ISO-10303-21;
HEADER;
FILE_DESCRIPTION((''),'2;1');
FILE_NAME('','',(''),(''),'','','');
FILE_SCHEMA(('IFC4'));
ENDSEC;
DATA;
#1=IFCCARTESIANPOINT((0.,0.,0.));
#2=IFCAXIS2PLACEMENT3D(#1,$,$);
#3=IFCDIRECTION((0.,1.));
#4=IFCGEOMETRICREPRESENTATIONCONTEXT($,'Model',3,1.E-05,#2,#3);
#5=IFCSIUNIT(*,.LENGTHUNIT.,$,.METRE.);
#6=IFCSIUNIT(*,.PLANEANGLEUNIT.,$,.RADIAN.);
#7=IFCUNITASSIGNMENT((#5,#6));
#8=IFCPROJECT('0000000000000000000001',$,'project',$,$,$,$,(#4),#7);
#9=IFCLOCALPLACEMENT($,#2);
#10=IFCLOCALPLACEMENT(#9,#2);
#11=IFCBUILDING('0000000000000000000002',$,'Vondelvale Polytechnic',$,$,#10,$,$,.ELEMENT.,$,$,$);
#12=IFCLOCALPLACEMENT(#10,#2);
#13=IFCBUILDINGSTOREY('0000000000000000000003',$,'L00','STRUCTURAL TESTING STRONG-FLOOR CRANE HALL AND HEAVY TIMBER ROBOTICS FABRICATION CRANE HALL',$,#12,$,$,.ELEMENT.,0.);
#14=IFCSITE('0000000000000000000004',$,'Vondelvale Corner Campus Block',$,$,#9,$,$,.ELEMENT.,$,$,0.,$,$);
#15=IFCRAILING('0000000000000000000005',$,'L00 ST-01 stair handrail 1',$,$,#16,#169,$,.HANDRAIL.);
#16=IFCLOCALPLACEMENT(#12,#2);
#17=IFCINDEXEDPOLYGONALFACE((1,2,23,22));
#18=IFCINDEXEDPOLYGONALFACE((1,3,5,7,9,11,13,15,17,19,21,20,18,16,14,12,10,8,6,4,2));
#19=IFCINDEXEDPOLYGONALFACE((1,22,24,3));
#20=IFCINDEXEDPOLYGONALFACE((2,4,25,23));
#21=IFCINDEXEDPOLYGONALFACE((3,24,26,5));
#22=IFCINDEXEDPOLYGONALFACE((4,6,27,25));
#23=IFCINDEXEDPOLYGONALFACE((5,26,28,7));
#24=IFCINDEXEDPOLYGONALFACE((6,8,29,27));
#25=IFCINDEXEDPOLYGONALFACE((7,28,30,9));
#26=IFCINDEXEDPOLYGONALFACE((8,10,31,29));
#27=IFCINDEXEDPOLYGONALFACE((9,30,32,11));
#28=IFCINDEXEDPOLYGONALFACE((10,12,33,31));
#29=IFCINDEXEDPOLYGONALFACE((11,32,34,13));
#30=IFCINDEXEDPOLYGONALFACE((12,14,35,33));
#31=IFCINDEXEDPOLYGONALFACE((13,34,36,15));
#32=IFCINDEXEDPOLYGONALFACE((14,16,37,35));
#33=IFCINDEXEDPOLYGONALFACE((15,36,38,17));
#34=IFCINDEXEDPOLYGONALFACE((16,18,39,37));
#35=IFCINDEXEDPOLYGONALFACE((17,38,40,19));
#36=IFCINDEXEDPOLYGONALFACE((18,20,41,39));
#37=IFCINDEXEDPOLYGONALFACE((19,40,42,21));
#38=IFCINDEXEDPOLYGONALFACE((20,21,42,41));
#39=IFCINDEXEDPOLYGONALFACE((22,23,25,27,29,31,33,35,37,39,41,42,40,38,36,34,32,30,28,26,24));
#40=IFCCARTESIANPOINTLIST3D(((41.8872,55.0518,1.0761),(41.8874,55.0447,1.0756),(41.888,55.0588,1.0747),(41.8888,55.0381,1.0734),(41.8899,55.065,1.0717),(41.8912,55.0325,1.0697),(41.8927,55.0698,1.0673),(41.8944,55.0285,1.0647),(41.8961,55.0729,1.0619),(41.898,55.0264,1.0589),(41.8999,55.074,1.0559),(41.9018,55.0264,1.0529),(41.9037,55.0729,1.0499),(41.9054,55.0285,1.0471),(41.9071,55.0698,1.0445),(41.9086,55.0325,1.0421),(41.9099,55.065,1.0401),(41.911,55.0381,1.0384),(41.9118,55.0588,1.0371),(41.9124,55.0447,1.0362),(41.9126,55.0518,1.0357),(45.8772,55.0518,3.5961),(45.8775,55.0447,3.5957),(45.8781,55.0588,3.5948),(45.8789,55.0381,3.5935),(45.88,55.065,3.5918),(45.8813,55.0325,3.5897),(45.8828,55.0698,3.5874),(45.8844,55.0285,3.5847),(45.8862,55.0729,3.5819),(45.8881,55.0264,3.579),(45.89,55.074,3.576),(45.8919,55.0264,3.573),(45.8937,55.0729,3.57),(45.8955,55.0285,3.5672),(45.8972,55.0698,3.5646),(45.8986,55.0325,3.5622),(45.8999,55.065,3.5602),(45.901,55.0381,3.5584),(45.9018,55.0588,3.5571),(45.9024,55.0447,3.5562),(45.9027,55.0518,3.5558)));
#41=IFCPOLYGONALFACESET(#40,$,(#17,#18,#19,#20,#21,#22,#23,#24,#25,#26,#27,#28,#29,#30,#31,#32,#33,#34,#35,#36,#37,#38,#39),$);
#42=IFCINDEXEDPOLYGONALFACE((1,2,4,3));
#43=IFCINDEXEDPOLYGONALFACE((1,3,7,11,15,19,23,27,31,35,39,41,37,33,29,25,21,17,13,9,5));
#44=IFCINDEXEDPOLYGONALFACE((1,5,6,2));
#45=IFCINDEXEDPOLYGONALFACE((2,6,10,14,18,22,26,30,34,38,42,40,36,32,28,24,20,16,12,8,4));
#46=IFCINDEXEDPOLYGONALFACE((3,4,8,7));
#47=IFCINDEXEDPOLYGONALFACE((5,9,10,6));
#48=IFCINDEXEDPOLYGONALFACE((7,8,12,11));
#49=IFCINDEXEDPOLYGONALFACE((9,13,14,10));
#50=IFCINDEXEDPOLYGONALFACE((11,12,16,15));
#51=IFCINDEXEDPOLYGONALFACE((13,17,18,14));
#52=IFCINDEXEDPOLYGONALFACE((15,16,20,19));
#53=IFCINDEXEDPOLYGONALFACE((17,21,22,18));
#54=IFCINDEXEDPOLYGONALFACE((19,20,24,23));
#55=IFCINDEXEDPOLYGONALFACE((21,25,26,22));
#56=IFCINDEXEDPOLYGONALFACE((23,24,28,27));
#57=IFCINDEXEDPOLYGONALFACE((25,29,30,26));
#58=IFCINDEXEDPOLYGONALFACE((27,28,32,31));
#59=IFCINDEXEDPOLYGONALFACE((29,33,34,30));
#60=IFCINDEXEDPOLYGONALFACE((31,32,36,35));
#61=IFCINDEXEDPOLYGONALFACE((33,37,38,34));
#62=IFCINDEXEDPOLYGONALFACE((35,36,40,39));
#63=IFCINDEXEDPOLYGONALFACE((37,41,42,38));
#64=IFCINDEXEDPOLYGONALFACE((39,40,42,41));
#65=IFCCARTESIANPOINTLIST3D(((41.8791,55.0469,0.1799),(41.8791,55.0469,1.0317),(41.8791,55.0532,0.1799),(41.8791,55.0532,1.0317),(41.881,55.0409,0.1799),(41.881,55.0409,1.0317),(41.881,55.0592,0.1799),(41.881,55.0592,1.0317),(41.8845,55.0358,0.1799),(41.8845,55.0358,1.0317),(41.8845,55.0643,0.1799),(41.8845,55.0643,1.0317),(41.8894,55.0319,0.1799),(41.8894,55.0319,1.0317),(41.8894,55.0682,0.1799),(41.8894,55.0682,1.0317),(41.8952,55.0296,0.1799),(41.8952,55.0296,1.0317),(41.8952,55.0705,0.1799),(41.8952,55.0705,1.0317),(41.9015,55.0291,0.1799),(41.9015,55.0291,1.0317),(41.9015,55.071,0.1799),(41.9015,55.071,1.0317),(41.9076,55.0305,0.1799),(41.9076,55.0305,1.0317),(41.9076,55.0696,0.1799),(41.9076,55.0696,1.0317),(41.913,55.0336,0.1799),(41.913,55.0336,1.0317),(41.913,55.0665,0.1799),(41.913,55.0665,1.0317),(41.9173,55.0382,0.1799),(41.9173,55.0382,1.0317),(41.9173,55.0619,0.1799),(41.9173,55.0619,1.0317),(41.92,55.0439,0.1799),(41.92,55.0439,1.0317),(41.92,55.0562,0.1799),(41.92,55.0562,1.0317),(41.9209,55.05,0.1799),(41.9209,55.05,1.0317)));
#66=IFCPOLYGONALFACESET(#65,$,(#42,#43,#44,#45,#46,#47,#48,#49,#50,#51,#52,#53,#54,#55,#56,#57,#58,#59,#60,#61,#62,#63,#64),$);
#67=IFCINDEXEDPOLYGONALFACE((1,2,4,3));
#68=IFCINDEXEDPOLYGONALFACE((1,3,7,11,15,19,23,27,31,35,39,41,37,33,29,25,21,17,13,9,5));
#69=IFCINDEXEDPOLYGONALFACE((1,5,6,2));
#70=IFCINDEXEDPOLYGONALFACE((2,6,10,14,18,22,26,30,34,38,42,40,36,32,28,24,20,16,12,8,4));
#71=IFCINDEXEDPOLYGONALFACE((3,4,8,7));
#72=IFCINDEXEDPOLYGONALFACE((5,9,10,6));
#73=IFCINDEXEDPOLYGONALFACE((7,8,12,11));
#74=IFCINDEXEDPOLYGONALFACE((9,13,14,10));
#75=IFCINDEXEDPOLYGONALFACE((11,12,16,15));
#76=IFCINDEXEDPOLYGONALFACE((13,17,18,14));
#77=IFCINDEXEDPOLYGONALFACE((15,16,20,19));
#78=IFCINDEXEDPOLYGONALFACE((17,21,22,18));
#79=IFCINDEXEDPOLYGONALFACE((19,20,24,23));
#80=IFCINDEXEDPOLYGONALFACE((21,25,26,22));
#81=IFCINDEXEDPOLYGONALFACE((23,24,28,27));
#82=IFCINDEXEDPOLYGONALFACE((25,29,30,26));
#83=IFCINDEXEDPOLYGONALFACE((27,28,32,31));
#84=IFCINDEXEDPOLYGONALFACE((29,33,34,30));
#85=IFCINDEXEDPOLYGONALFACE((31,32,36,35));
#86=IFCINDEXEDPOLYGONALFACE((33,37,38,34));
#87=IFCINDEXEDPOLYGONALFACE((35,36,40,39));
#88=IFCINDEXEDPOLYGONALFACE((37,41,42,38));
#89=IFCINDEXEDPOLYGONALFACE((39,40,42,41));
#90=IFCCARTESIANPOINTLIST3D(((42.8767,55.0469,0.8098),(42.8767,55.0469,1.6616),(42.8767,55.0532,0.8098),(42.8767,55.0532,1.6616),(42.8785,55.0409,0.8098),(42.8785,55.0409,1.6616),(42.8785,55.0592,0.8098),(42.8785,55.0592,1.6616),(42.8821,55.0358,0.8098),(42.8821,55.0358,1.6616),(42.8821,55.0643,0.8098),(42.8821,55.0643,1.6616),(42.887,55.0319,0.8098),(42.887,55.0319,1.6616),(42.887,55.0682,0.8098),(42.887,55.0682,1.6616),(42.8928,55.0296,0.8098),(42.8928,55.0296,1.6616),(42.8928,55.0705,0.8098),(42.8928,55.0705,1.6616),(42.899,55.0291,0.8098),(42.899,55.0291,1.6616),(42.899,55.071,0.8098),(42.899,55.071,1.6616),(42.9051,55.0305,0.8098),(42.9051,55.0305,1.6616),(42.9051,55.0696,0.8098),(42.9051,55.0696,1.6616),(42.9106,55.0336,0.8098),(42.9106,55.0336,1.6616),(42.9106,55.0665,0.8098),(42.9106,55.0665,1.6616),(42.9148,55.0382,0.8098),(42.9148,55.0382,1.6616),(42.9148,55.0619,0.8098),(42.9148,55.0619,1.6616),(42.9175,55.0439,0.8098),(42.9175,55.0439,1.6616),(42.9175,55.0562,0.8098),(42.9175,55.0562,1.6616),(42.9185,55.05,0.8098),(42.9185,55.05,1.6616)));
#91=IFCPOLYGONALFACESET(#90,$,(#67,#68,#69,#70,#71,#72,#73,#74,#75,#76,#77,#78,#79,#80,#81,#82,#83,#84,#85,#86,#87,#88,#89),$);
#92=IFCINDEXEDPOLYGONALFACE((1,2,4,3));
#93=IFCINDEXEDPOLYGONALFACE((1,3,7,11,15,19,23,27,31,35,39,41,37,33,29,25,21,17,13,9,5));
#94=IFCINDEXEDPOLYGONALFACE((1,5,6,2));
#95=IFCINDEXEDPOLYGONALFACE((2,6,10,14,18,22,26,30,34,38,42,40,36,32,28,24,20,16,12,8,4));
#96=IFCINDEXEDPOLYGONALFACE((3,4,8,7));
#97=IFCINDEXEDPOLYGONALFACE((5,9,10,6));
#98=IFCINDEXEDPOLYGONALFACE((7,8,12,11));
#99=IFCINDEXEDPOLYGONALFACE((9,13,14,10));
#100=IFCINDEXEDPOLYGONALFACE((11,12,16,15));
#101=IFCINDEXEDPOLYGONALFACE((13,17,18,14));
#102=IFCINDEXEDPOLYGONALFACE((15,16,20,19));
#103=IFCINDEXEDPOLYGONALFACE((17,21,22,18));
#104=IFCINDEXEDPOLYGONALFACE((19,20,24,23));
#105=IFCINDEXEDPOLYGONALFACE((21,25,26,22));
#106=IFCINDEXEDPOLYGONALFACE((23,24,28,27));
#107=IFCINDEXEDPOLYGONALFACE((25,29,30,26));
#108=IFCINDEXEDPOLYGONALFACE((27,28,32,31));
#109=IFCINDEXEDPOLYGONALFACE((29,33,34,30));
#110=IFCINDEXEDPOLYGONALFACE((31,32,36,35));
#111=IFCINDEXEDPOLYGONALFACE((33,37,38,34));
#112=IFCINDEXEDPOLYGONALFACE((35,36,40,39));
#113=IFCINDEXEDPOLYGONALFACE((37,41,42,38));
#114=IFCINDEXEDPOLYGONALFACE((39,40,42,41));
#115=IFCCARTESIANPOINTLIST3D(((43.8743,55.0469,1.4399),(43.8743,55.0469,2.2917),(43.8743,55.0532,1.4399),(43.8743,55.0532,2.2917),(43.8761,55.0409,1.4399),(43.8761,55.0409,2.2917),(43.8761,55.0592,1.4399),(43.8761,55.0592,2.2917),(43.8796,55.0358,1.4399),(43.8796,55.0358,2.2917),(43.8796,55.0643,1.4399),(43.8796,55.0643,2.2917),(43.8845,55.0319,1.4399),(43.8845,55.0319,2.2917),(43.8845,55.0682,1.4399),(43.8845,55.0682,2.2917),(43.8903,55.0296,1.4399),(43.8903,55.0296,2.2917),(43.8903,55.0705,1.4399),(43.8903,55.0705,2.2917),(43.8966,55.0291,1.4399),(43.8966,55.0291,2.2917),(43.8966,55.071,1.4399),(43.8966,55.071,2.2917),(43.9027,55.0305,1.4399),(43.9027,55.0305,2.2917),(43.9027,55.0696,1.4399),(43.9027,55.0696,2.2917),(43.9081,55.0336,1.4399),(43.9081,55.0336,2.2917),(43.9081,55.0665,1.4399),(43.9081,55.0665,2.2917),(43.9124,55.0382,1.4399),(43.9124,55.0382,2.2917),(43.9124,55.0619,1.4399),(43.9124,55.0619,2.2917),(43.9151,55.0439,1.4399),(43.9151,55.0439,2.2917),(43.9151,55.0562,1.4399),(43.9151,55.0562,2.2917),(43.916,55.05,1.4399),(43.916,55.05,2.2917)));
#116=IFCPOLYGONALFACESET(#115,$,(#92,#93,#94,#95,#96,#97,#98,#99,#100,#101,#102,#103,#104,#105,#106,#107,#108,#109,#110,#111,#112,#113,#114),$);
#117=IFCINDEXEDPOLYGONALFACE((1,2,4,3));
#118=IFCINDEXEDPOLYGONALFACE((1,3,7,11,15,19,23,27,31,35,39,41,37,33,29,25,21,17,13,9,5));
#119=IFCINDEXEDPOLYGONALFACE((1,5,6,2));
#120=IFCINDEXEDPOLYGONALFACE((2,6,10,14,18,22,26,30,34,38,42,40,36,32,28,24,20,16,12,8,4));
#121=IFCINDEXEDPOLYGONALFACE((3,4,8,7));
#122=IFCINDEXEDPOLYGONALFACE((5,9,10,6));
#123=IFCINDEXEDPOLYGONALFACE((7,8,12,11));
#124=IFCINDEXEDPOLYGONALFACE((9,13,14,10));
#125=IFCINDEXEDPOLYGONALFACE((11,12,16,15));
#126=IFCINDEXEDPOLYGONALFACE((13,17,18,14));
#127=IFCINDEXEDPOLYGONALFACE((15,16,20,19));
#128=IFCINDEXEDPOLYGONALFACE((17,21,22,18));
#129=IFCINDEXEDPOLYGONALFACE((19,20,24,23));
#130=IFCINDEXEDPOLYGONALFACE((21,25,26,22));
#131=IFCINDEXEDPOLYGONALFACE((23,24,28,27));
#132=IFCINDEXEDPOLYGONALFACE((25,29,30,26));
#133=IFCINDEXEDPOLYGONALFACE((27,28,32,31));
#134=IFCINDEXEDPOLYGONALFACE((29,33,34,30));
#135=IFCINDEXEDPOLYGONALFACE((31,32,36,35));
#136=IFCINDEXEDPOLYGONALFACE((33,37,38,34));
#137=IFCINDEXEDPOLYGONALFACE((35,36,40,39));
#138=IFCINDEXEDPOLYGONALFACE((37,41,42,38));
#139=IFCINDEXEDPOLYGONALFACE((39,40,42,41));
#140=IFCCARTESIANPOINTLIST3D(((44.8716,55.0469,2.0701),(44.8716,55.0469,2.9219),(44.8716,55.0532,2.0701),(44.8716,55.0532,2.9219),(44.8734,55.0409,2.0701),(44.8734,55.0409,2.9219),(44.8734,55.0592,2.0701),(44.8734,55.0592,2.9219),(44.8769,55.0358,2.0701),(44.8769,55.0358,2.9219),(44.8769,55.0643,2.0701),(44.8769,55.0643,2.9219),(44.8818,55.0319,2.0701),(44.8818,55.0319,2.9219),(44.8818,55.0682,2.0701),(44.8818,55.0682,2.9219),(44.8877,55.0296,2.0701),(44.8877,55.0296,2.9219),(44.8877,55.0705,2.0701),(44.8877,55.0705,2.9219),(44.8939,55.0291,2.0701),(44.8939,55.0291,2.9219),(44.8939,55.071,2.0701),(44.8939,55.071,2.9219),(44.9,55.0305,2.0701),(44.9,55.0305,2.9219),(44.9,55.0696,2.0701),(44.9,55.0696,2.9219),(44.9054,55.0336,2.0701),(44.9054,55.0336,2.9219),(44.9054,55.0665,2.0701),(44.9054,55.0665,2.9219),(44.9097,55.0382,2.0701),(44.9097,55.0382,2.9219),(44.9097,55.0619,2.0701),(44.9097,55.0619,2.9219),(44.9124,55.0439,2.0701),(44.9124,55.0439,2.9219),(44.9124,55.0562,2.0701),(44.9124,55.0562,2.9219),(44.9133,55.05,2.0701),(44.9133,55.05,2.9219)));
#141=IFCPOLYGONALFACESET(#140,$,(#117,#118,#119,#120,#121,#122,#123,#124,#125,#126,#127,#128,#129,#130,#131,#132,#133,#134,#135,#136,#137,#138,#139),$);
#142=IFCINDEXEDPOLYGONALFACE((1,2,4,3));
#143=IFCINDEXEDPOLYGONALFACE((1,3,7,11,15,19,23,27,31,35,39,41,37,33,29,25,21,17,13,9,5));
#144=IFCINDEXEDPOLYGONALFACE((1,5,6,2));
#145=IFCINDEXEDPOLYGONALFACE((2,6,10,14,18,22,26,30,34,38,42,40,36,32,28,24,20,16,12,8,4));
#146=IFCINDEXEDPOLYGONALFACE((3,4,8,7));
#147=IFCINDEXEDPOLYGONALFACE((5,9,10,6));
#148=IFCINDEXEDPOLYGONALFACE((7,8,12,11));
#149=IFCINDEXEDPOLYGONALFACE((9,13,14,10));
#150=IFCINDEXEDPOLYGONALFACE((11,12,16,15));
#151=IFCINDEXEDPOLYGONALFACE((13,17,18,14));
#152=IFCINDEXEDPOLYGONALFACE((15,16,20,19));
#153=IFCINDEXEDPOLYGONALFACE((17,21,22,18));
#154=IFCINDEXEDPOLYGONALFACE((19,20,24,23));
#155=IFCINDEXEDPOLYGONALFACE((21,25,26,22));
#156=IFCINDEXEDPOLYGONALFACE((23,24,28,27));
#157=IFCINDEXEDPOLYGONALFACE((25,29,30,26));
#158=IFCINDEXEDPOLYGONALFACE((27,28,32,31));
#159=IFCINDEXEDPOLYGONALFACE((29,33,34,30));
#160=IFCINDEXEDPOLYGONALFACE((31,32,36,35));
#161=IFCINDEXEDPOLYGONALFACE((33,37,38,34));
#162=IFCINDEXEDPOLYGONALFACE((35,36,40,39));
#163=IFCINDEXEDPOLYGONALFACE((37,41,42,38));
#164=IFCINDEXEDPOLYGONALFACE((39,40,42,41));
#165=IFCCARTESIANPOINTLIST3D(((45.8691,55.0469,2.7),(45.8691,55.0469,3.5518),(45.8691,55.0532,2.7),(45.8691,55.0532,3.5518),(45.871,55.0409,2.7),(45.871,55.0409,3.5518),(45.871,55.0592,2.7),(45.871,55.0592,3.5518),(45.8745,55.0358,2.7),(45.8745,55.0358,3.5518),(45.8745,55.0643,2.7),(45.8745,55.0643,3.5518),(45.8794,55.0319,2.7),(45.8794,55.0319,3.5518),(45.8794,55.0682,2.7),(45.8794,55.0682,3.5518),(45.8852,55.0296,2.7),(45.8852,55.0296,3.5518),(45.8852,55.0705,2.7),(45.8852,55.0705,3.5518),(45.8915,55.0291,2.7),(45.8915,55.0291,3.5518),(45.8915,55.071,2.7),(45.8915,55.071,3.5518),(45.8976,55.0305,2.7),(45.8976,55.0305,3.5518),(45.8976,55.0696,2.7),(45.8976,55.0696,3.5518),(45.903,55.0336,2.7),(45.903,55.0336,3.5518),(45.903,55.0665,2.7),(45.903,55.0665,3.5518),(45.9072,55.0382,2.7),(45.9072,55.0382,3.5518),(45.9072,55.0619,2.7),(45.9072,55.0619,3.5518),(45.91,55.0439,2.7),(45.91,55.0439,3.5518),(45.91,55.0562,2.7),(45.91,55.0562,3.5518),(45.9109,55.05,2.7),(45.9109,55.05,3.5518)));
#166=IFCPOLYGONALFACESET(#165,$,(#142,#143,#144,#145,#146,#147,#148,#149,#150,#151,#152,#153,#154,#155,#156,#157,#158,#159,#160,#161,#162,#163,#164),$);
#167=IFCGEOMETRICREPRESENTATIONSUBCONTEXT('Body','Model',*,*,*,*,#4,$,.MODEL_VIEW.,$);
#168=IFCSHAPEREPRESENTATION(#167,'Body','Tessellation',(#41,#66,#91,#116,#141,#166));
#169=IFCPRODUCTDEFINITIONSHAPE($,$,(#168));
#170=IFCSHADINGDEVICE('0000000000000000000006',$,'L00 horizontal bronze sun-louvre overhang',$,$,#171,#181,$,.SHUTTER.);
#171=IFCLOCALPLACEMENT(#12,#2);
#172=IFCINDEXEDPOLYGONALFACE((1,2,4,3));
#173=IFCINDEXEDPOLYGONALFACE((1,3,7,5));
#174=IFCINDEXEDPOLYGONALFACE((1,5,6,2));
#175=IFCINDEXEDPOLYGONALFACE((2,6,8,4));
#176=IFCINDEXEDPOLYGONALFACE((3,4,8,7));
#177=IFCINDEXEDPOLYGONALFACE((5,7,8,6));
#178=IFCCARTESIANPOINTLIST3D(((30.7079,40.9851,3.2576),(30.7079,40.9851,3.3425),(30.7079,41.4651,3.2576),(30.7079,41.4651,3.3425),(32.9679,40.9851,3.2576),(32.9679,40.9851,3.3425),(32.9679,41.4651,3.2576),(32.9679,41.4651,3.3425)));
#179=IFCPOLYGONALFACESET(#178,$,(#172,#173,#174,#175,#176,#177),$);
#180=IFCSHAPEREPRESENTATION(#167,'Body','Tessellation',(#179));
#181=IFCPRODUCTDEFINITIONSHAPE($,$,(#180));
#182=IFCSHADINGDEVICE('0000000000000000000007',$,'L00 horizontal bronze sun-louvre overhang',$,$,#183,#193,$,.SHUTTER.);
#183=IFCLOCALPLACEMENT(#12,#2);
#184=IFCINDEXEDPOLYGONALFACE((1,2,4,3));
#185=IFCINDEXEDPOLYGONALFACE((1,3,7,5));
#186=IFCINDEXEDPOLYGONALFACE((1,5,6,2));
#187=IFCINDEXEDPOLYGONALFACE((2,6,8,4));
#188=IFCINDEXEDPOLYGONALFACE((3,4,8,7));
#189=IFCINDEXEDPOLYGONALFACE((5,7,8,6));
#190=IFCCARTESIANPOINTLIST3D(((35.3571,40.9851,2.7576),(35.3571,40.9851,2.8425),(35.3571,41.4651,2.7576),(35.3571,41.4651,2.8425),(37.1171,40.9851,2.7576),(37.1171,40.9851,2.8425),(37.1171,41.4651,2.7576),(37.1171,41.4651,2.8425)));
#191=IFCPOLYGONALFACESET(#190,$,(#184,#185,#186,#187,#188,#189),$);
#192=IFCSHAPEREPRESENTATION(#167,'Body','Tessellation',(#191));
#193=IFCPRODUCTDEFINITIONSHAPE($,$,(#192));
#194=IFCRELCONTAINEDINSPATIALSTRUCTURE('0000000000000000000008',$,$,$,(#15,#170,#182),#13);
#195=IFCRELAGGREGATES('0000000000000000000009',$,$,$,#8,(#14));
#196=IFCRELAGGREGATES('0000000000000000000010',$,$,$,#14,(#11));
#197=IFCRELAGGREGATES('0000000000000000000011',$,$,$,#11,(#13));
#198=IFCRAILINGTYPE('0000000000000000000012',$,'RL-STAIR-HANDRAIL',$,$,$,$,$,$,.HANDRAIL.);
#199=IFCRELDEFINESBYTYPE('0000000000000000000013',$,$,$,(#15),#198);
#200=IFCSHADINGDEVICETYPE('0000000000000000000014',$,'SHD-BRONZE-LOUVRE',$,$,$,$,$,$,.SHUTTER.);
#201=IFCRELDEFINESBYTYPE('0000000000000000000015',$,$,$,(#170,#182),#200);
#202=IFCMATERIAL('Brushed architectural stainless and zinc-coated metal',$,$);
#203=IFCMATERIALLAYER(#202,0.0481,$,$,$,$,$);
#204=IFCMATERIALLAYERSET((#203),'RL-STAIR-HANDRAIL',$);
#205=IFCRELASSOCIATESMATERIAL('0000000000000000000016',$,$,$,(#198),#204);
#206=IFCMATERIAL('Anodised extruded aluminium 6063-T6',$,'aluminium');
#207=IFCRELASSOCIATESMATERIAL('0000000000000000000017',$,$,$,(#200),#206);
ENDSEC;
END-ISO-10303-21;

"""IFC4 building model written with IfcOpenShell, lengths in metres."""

from ifc_helpers import new_model, si_unit, direction, frame, origin, origin_2d, place, context, subcontext, project, spatial, rectangle, circle, extrude, material, layer, layer_set, type_object, element, save


model = new_model("IFC4")

# Units and contexts
model_context = context("Model", 3, precision=1e-05, world=origin(), true_north=direction((0.0, 1.0)))
body_context = subcontext(model_context, "Body", "Model", "MODEL_VIEW")
ifc_project = project(units=[si_unit("LENGTHUNIT", "METRE"), si_unit("PLANEANGLEUNIT", "RADIAN")], contexts=[model_context])

# Site, building, storey
site_placement = place(None, origin())
site = spatial("IfcSite", under=ifc_project, at=site_placement, Name="Vondelvale Corner Campus Block", CompositionType="ELEMENT", RefElevation=0.0)
building_placement = place(site_placement, origin())
building = spatial("IfcBuilding", under=site, at=building_placement, Name="Vondelvale Polytechnic", CompositionType="ELEMENT")
storey_placement = place(building_placement, origin())
storey = spatial("IfcBuildingStorey", under=building, at=storey_placement, Name="L00", Description="STRUCTURAL TESTING STRONG-FLOOR CRANE HALL AND HEAVY TIMBER ROBOTICS FABRICATION CRANE HALL", CompositionType="ELEMENT", Elevation=0.0)

# Shared definitions
ifc_material_1 = material(Name="Brushed architectural stainless and zinc-coated metal")

# Shared definitions
ifc_material_2 = material(Name="Anodised extruded aluminium 6063-T6", Category="aluminium")

# Railing
ifc_layer_1 = layer(ifc_material_1, 0.0481)
ifc_layer_set_1 = layer_set([ifc_layer_1], Name="RL-STAIR-HANDRAIL")
railing_type_1 = type_object("IfcRailingType", Name="RL-STAIR-HANDRAIL", PredefinedType="HANDRAIL", material=ifc_layer_set_1)
railing_1_placement = place(storey_placement, frame((41.8999, 55.05, 0.1799)))
element("IfcRailing", 1, at=railing_1_placement, inside=storey, type_object=railing_type_1, Name="L00 ST-01 stair handrail 1", PredefinedType="HANDRAIL", context=body_context, shape_type="SweptSolid", body=[
    extrude(circle(Radius=0.0239, at=origin_2d()), frame((0.0, 0.0, 0.876), z_axis=(0.845486, 0.0, 0.533997), x_axis=(0.0, 1.0, 0.0)), (0.0, 0.0, 1.0), 4.7192),
    extrude(circle(Radius=0.021, at=origin_2d()), origin(), (0.0, 0.0, 1.0), 0.8518),
    extrude(circle(Radius=0.021, at=origin_2d()), frame((0.9976, 0.0, 0.6299)), (0.0, 0.0, 1.0), 0.8518),
    extrude(circle(Radius=0.021, at=origin_2d()), frame((1.9951, 0.0, 1.26)), (0.0, 0.0, 1.0), 0.8518),
    extrude(circle(Radius=0.021, at=origin_2d()), frame((2.9924, 0.0, 1.8901)), (0.0, 0.0, 1.0), 0.8518),
    extrude(circle(Radius=0.021, at=origin_2d()), frame((3.99, 0.0, 2.52)), (0.0, 0.0, 1.0), 0.8518),
])

# Shading devices
shading_device_type = type_object("IfcShadingDeviceType", Name="SHD-BRONZE-LOUVRE", PredefinedType="SHUTTER", material=ifc_material_2)
shading_device_1_placement = place(storey_placement, frame((31.8379, 41.2251, 3.2576), z_axis=(0.0, 0.0, 1.0), x_axis=(1.0, 0.0, 0.0)))
element("IfcShadingDevice", 2, at=shading_device_1_placement, inside=storey, type_object=shading_device_type, Name="L00 horizontal bronze sun-louvre overhang", PredefinedType="SHUTTER", context=body_context, shape_type="SweptSolid", body=[
    extrude(rectangle(XDim=2.26, YDim=0.48, at=origin_2d()), origin(), (0.0, 0.0, 1.0), 0.085),
])
shading_device_2_placement = place(storey_placement, frame((36.2371, 41.2251, 2.7576), z_axis=(0.0, 0.0, 1.0), x_axis=(1.0, 0.0, 0.0)))
element("IfcShadingDevice", 3, at=shading_device_2_placement, inside=storey, type_object=shading_device_type, Name="L00 horizontal bronze sun-louvre overhang", PredefinedType="SHUTTER", context=body_context, shape_type="SweptSolid", body=[
    extrude(rectangle(XDim=1.76, YDim=0.48, at=origin_2d()), origin(), (0.0, 0.0, 1.0), 0.085),
])

save(model, "model.ifc")
